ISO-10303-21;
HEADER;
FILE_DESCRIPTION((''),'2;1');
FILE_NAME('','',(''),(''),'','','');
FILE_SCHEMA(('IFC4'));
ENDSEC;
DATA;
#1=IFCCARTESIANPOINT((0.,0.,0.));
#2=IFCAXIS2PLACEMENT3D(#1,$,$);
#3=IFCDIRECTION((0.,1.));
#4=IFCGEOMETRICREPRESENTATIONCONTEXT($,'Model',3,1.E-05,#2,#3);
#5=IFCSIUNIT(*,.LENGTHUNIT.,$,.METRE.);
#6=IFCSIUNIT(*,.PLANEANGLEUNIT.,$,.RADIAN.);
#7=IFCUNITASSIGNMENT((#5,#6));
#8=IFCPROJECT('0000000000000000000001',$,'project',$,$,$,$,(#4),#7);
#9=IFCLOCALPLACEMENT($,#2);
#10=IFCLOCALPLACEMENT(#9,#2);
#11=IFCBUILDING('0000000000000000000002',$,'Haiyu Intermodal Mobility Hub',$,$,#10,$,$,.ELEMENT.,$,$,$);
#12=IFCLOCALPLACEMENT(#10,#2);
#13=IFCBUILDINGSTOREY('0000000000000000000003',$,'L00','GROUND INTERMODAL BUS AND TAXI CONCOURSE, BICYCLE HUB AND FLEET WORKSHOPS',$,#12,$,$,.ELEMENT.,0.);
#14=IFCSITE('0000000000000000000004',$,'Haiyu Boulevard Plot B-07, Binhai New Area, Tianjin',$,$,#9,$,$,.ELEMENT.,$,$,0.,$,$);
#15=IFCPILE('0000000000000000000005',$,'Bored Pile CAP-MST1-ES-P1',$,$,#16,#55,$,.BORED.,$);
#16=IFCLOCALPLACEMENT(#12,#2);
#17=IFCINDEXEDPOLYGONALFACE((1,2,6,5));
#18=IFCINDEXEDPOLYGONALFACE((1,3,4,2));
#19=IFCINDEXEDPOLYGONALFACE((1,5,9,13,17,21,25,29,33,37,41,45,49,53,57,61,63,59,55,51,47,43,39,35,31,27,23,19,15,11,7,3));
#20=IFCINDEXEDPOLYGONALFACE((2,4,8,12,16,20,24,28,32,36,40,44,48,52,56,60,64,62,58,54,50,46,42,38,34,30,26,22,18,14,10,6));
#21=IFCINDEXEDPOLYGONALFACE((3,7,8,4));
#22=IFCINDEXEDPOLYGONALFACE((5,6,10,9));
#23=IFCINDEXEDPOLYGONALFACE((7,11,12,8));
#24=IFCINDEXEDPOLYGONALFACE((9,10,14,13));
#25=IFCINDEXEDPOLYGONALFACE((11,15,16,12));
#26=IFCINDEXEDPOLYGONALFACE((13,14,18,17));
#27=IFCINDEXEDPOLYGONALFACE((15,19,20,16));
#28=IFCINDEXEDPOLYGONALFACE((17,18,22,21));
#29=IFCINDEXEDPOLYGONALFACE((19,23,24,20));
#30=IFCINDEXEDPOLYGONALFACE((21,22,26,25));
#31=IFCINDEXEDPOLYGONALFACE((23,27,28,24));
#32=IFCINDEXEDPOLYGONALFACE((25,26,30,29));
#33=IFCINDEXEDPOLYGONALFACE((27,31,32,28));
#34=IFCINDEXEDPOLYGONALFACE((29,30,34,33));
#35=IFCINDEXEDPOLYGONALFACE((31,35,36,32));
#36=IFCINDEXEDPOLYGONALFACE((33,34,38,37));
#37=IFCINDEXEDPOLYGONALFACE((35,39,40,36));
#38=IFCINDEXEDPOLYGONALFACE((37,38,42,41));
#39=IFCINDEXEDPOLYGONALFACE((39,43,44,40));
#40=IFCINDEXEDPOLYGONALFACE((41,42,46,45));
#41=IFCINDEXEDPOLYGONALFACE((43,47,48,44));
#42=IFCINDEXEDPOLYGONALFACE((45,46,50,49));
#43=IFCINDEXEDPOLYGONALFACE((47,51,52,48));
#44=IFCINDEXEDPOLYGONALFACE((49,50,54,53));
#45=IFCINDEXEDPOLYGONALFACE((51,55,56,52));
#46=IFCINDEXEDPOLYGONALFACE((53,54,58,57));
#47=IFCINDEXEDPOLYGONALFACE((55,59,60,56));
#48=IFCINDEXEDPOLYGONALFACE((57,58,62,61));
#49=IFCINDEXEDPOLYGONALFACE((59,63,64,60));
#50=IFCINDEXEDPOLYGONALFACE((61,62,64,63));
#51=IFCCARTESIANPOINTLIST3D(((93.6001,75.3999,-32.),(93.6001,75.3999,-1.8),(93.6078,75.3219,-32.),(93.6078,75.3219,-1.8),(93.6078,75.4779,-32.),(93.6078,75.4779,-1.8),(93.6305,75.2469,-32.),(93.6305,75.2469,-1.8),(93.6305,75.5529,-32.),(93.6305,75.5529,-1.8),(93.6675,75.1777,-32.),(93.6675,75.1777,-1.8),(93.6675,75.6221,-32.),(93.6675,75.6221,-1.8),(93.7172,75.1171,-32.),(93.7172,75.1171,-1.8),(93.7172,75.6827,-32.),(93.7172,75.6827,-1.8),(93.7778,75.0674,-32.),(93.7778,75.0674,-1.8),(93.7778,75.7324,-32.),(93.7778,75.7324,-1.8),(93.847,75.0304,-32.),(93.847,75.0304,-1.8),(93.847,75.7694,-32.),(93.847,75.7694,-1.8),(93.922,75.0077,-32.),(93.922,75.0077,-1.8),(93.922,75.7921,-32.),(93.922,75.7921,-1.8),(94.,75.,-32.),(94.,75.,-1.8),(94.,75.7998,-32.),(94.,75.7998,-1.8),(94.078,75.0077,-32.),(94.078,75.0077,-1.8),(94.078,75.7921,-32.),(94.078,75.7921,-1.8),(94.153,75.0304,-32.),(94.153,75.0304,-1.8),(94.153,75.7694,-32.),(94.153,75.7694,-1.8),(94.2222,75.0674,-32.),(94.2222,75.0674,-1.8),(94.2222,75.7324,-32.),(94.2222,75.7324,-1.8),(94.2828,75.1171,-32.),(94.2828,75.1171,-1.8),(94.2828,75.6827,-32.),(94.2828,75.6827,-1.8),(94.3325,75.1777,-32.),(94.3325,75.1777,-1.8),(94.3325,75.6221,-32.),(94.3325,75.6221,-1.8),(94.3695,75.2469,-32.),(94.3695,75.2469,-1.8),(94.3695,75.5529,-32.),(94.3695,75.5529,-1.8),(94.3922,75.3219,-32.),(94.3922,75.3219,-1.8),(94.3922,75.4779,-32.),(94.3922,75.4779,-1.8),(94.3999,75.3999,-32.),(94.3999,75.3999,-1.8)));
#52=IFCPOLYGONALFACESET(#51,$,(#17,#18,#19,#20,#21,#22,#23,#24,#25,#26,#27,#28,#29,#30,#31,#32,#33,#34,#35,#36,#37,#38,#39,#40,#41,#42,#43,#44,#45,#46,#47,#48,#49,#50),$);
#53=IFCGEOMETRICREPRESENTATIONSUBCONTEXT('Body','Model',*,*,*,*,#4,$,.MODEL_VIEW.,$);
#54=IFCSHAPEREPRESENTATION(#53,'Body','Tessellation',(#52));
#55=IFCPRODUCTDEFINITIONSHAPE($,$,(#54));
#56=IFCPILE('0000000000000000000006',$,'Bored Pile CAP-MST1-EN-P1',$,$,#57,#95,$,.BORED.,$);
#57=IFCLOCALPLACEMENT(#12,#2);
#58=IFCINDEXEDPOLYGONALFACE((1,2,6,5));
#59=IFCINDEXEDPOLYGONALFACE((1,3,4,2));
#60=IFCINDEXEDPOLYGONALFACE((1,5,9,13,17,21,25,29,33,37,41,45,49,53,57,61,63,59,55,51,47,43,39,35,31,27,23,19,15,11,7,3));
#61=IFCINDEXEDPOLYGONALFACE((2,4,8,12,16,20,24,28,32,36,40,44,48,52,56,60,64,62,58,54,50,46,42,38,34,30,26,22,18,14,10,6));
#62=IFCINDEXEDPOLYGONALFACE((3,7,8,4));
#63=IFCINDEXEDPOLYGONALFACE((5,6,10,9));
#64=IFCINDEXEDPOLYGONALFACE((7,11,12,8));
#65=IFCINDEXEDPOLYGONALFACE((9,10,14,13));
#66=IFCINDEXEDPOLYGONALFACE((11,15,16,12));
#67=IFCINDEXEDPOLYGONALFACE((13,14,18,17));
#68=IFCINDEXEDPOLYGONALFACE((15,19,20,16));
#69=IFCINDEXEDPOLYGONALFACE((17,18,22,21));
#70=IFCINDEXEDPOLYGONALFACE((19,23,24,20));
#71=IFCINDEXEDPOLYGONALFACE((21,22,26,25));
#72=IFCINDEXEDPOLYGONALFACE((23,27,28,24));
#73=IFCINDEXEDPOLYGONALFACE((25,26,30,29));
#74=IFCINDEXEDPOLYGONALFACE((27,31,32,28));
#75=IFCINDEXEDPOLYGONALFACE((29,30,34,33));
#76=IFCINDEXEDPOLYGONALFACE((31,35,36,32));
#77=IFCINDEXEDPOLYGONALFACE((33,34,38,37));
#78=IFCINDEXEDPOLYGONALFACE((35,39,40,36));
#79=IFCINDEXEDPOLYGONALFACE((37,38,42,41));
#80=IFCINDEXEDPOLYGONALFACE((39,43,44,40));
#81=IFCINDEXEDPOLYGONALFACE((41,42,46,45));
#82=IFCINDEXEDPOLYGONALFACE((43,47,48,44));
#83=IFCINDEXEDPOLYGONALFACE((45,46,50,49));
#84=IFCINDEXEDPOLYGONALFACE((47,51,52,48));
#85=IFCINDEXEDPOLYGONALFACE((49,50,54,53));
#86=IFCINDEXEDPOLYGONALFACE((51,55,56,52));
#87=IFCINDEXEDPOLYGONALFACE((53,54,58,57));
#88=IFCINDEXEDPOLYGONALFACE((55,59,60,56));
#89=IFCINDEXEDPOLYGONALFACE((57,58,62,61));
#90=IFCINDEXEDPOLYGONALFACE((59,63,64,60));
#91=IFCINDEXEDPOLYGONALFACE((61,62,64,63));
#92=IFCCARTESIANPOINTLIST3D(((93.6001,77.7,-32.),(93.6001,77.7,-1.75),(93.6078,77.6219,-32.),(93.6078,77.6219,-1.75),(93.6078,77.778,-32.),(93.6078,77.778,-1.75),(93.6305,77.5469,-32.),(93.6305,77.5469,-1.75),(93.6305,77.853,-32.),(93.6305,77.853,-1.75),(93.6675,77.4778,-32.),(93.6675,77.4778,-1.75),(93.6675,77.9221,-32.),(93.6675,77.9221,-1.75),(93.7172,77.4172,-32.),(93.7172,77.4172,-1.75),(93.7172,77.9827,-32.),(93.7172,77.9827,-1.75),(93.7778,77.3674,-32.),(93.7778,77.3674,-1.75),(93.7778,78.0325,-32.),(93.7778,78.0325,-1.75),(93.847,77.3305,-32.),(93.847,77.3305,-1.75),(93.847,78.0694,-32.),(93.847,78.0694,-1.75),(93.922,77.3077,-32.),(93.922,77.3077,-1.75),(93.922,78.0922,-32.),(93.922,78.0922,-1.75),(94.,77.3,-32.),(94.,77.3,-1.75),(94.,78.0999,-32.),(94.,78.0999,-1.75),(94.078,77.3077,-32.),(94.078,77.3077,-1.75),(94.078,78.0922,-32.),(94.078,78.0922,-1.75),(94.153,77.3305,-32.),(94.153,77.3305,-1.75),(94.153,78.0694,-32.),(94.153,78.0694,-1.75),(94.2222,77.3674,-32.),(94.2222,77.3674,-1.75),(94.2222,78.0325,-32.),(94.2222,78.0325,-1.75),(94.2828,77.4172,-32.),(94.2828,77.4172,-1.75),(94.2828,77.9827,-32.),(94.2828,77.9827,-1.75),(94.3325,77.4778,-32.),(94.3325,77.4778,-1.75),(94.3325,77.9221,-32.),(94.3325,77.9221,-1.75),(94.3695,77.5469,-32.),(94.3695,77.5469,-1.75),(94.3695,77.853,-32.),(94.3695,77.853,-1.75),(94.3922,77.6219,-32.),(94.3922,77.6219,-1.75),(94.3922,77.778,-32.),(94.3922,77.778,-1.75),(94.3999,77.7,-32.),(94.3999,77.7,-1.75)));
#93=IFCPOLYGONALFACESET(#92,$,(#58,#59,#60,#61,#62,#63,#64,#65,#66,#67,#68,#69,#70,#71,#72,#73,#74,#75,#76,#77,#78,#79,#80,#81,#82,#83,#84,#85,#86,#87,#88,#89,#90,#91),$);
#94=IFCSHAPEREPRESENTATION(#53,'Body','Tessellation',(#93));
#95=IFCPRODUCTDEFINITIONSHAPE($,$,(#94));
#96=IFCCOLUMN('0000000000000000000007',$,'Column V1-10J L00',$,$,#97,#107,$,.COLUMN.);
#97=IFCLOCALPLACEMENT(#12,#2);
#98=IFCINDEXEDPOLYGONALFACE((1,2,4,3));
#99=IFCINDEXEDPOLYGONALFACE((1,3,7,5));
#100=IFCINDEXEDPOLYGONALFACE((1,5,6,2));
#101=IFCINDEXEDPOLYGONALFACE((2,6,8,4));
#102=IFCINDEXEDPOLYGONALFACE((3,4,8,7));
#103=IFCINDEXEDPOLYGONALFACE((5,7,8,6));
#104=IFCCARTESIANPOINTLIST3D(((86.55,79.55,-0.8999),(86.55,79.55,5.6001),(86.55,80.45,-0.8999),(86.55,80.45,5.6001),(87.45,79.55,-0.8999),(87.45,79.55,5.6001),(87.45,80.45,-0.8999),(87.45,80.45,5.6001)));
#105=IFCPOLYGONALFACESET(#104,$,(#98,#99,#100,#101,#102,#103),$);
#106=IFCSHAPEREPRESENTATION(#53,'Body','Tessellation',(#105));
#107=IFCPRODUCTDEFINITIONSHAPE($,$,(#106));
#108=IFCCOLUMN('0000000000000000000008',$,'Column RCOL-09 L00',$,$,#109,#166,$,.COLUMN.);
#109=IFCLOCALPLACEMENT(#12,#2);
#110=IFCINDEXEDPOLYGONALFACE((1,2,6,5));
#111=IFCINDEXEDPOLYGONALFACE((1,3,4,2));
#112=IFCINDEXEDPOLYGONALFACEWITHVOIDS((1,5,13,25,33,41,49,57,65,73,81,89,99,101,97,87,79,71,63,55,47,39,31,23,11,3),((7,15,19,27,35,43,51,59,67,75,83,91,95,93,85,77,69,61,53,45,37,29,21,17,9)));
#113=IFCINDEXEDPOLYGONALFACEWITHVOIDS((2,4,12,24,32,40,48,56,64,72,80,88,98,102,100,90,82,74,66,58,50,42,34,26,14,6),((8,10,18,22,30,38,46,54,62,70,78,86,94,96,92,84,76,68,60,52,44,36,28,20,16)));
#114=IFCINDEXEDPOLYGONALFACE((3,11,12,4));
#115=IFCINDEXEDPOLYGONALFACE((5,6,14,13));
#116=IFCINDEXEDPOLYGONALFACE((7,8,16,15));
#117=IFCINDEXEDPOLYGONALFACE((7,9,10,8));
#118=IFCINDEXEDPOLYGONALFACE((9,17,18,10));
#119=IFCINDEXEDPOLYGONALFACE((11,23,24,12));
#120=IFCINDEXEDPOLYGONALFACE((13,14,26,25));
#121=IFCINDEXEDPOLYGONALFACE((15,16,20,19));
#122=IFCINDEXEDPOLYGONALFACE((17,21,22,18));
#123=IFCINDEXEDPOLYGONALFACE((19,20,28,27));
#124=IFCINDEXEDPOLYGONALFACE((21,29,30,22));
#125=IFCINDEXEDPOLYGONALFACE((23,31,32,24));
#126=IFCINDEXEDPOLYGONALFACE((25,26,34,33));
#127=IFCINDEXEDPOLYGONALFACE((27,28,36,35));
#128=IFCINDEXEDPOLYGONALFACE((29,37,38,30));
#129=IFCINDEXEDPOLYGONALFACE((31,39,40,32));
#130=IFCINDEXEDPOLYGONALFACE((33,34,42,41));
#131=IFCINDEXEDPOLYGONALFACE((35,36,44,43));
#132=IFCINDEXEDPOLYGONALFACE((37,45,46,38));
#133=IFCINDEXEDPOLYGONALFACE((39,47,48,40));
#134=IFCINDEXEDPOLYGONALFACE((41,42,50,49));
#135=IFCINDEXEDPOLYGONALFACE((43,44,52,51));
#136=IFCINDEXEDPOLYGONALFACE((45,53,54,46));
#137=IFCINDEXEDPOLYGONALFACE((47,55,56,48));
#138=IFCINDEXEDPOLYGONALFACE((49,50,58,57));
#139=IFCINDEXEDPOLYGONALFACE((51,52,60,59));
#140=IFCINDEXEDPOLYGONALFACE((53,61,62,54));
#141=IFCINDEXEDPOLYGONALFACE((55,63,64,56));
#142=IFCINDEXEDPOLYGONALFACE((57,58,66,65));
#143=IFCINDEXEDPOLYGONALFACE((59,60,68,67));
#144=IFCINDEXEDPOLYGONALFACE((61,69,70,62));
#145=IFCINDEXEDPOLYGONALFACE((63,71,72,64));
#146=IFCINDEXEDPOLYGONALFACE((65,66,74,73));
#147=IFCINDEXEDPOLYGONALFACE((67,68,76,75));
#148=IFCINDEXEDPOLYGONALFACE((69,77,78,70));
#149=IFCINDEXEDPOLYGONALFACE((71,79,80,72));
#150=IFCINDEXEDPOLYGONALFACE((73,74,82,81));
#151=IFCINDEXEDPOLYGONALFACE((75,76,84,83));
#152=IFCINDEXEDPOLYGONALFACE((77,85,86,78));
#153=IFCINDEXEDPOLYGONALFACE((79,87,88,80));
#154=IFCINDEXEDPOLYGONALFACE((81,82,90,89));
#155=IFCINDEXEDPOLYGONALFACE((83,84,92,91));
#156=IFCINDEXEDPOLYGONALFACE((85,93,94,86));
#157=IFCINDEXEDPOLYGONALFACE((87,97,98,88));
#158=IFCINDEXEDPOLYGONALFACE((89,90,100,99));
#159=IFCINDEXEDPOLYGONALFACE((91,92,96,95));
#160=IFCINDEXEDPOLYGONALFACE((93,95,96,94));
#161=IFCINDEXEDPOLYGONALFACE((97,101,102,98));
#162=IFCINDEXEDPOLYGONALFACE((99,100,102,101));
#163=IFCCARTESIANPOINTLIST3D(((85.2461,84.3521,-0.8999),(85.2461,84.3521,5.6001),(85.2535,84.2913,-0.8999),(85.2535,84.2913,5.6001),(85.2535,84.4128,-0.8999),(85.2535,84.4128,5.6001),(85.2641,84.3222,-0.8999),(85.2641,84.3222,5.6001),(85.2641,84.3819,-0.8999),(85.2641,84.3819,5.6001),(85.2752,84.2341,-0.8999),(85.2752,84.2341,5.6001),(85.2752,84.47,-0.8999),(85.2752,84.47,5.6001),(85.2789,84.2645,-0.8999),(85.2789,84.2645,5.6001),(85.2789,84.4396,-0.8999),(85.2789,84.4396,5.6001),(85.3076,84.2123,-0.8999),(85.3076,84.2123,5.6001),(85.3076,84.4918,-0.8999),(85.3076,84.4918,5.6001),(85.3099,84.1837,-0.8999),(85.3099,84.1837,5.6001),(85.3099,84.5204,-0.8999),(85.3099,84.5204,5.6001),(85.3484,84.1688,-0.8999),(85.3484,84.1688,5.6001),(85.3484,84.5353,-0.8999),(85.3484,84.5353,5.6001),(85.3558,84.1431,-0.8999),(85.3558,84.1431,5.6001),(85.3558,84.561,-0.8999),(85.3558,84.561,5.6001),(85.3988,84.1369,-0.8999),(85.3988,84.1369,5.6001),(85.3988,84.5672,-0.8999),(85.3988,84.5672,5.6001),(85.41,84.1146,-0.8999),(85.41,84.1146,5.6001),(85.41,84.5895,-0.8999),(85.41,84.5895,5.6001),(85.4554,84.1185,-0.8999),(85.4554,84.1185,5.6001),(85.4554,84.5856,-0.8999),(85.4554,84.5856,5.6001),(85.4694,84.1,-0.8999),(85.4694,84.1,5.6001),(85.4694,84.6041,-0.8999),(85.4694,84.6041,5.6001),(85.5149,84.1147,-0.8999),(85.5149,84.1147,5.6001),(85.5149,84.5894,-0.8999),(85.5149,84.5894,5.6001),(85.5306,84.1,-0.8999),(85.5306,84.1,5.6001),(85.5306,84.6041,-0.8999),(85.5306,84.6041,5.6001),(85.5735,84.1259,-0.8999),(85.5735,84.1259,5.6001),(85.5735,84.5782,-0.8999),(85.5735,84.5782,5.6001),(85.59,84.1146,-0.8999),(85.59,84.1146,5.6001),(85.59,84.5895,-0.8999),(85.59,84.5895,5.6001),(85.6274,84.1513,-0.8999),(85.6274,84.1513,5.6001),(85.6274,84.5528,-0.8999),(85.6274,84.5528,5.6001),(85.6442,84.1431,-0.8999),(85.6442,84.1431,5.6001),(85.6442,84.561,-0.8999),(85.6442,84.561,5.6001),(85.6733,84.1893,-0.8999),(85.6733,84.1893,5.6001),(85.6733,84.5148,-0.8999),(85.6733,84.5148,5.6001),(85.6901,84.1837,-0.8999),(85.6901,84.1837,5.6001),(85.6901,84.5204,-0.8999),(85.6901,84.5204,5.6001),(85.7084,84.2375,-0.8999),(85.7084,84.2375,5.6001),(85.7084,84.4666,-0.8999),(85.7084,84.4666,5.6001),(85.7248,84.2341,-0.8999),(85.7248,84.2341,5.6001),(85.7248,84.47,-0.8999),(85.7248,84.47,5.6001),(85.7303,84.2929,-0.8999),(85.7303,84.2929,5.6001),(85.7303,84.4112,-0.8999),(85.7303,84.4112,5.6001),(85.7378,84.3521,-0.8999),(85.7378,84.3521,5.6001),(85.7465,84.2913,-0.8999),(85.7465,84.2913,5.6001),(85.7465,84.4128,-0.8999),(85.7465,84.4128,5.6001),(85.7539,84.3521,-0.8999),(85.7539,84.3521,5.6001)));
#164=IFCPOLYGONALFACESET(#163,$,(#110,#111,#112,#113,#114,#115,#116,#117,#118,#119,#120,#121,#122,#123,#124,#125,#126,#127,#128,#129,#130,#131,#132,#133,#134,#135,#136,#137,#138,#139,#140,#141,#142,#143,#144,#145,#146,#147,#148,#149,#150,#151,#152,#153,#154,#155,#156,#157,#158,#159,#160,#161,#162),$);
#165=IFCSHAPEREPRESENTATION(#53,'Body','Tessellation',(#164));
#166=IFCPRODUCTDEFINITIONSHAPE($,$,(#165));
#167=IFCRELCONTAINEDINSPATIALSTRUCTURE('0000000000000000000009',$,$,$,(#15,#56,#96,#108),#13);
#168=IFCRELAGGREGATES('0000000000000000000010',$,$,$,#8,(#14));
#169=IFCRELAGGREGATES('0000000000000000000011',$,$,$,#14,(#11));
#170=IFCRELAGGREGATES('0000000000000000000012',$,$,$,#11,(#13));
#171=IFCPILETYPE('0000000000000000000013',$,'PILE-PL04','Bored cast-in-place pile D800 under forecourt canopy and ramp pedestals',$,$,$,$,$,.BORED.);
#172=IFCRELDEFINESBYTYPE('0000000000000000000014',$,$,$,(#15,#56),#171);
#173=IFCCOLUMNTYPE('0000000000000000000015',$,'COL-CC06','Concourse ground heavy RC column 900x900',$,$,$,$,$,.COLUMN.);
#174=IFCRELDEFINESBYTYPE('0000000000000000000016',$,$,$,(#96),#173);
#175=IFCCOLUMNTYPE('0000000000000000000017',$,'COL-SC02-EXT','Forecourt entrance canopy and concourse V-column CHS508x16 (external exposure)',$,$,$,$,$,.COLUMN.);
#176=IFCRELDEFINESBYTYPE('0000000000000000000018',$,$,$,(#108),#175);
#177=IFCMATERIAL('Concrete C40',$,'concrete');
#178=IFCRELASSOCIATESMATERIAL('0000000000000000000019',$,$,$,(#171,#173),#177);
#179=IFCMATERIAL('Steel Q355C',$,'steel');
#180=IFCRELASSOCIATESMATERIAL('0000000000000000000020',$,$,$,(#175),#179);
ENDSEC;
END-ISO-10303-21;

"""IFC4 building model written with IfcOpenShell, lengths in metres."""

from ifc_helpers import new_model, si_unit, direction, frame, origin, origin_2d, place, context, subcontext, project, spatial, rectangle, circle, hollow_circle, extrude, material, material_profile, profile_set, type_object, element, save


model = new_model("IFC4")

# Units and contexts
model_context = context("Model", 3, precision=1e-05, world=origin(), true_north=direction((0.0, 1.0)))
body_context = subcontext(model_context, "Body", "Model", "MODEL_VIEW")
ifc_project = project(units=[si_unit("LENGTHUNIT", "METRE"), si_unit("PLANEANGLEUNIT", "RADIAN")], contexts=[model_context])

# Site, building, storey
site_placement = place(None, origin())
site = spatial("IfcSite", under=ifc_project, at=site_placement, Name="Haiyu Boulevard Plot B-07, Binhai New Area, Tianjin", CompositionType="ELEMENT", RefElevation=0.0)
building_placement = place(site_placement, origin())
building = spatial("IfcBuilding", under=site, at=building_placement, Name="Haiyu Intermodal Mobility Hub", CompositionType="ELEMENT")
storey_placement = place(building_placement, origin())
storey = spatial("IfcBuildingStorey", under=building, at=storey_placement, Name="L00", Description="GROUND INTERMODAL BUS AND TAXI CONCOURSE, BICYCLE HUB AND FLEET WORKSHOPS", CompositionType="ELEMENT", Elevation=0.0)

# Shared definitions
ifc_material_1 = material(Name="Concrete C40", Category="concrete")

# Piles
ifc_material_profile_1 = material_profile(ifc_material_1, circle(Radius=0.3999, at=origin_2d()), Name="PILE-D800")
ifc_profile_set_1 = profile_set([ifc_material_profile_1], Name="Concrete C40")
pile_type_1 = type_object("IfcPileType", Name="PILE-PL04", Description="Bored cast-in-place pile D800 under forecourt canopy and ramp pedestals", PredefinedType="BORED", material=ifc_profile_set_1)
pile_1_placement = place(storey_placement, frame((94.0, 75.3999, -1.8), z_axis=(0.0, 0.0, -1.0), x_axis=(1.0, 0.0, 0.0)))
element("IfcPile", 1, at=pile_1_placement, inside=storey, type_object=pile_type_1, Name="Bored Pile CAP-MST1-ES-P1", PredefinedType="BORED", context=body_context, shape_type="SweptSolid", body=[
    extrude(circle(Radius=0.3999, at=origin_2d()), origin(), (0.0, 0.0, 1.0), 30.2),
])
pile_2_placement = place(storey_placement, frame((94.0, 77.7, -1.75), z_axis=(0.0, 0.0, -1.0), x_axis=(1.0, 0.0, 0.0)))
element("IfcPile", 2, at=pile_2_placement, inside=storey, type_object=pile_type_1, Name="Bored Pile CAP-MST1-EN-P1", PredefinedType="BORED", context=body_context, shape_type="SweptSolid", body=[
    extrude(circle(Radius=0.3999, at=origin_2d()), origin(), (0.0, 0.0, 1.0), 30.25),
])

# Columns
ifc_material_profile_2 = material_profile(ifc_material_1, rectangle(XDim=0.8999, YDim=0.8999, at=origin_2d()), Name="RC900x900")
ifc_profile_set_2 = profile_set([ifc_material_profile_2], Name="Concrete C40")
column_type_1 = type_object("IfcColumnType", Name="COL-CC06", Description="Concourse ground heavy RC column 900x900", PredefinedType="COLUMN", material=ifc_profile_set_2)
column_1_placement = place(storey_placement, frame((87.0, 80.0, -0.8999), z_axis=(0.0, 0.0, 1.0), x_axis=(1.0, 0.0, 0.0)))
element("IfcColumn", 3, at=column_1_placement, inside=storey, type_object=column_type_1, Name="Column V1-10J L00", PredefinedType="COLUMN", context=body_context, shape_type="SweptSolid", body=[
    extrude(rectangle(XDim=0.8999, YDim=0.8999, at=origin_2d()), origin(), (0.0, 0.0, 1.0), 6.5),
])
ifc_material_2 = material(Name="Steel Q355C", Category="steel")
ifc_material_profile_3 = material_profile(ifc_material_2, hollow_circle(Radius=0.2539, WallThickness=0.0161, at=origin_2d()), Name="CHS508x16")
ifc_profile_set_3 = profile_set([ifc_material_profile_3], Name="Steel Q355C")
column_type_2 = type_object("IfcColumnType", Name="COL-SC02-EXT", Description="Forecourt entrance canopy and concourse V-column CHS508x16 (external exposure)", PredefinedType="COLUMN", material=ifc_profile_set_3)
column_2_placement = place(storey_placement, frame((85.5, 84.3521, -0.8999), z_axis=(0.0, 0.0, 1.0), x_axis=(1.0, 0.0, 0.0)))
element("IfcColumn", 4, at=column_2_placement, inside=storey, type_object=column_type_2, Name="Column RCOL-09 L00", PredefinedType="COLUMN", context=body_context, shape_type="SweptSolid", body=[
    extrude(hollow_circle(Radius=0.2539, WallThickness=0.0161, at=origin_2d()), origin(), (0.0, 0.0, 1.0), 6.5),
])

save(model, "model.ifc")
